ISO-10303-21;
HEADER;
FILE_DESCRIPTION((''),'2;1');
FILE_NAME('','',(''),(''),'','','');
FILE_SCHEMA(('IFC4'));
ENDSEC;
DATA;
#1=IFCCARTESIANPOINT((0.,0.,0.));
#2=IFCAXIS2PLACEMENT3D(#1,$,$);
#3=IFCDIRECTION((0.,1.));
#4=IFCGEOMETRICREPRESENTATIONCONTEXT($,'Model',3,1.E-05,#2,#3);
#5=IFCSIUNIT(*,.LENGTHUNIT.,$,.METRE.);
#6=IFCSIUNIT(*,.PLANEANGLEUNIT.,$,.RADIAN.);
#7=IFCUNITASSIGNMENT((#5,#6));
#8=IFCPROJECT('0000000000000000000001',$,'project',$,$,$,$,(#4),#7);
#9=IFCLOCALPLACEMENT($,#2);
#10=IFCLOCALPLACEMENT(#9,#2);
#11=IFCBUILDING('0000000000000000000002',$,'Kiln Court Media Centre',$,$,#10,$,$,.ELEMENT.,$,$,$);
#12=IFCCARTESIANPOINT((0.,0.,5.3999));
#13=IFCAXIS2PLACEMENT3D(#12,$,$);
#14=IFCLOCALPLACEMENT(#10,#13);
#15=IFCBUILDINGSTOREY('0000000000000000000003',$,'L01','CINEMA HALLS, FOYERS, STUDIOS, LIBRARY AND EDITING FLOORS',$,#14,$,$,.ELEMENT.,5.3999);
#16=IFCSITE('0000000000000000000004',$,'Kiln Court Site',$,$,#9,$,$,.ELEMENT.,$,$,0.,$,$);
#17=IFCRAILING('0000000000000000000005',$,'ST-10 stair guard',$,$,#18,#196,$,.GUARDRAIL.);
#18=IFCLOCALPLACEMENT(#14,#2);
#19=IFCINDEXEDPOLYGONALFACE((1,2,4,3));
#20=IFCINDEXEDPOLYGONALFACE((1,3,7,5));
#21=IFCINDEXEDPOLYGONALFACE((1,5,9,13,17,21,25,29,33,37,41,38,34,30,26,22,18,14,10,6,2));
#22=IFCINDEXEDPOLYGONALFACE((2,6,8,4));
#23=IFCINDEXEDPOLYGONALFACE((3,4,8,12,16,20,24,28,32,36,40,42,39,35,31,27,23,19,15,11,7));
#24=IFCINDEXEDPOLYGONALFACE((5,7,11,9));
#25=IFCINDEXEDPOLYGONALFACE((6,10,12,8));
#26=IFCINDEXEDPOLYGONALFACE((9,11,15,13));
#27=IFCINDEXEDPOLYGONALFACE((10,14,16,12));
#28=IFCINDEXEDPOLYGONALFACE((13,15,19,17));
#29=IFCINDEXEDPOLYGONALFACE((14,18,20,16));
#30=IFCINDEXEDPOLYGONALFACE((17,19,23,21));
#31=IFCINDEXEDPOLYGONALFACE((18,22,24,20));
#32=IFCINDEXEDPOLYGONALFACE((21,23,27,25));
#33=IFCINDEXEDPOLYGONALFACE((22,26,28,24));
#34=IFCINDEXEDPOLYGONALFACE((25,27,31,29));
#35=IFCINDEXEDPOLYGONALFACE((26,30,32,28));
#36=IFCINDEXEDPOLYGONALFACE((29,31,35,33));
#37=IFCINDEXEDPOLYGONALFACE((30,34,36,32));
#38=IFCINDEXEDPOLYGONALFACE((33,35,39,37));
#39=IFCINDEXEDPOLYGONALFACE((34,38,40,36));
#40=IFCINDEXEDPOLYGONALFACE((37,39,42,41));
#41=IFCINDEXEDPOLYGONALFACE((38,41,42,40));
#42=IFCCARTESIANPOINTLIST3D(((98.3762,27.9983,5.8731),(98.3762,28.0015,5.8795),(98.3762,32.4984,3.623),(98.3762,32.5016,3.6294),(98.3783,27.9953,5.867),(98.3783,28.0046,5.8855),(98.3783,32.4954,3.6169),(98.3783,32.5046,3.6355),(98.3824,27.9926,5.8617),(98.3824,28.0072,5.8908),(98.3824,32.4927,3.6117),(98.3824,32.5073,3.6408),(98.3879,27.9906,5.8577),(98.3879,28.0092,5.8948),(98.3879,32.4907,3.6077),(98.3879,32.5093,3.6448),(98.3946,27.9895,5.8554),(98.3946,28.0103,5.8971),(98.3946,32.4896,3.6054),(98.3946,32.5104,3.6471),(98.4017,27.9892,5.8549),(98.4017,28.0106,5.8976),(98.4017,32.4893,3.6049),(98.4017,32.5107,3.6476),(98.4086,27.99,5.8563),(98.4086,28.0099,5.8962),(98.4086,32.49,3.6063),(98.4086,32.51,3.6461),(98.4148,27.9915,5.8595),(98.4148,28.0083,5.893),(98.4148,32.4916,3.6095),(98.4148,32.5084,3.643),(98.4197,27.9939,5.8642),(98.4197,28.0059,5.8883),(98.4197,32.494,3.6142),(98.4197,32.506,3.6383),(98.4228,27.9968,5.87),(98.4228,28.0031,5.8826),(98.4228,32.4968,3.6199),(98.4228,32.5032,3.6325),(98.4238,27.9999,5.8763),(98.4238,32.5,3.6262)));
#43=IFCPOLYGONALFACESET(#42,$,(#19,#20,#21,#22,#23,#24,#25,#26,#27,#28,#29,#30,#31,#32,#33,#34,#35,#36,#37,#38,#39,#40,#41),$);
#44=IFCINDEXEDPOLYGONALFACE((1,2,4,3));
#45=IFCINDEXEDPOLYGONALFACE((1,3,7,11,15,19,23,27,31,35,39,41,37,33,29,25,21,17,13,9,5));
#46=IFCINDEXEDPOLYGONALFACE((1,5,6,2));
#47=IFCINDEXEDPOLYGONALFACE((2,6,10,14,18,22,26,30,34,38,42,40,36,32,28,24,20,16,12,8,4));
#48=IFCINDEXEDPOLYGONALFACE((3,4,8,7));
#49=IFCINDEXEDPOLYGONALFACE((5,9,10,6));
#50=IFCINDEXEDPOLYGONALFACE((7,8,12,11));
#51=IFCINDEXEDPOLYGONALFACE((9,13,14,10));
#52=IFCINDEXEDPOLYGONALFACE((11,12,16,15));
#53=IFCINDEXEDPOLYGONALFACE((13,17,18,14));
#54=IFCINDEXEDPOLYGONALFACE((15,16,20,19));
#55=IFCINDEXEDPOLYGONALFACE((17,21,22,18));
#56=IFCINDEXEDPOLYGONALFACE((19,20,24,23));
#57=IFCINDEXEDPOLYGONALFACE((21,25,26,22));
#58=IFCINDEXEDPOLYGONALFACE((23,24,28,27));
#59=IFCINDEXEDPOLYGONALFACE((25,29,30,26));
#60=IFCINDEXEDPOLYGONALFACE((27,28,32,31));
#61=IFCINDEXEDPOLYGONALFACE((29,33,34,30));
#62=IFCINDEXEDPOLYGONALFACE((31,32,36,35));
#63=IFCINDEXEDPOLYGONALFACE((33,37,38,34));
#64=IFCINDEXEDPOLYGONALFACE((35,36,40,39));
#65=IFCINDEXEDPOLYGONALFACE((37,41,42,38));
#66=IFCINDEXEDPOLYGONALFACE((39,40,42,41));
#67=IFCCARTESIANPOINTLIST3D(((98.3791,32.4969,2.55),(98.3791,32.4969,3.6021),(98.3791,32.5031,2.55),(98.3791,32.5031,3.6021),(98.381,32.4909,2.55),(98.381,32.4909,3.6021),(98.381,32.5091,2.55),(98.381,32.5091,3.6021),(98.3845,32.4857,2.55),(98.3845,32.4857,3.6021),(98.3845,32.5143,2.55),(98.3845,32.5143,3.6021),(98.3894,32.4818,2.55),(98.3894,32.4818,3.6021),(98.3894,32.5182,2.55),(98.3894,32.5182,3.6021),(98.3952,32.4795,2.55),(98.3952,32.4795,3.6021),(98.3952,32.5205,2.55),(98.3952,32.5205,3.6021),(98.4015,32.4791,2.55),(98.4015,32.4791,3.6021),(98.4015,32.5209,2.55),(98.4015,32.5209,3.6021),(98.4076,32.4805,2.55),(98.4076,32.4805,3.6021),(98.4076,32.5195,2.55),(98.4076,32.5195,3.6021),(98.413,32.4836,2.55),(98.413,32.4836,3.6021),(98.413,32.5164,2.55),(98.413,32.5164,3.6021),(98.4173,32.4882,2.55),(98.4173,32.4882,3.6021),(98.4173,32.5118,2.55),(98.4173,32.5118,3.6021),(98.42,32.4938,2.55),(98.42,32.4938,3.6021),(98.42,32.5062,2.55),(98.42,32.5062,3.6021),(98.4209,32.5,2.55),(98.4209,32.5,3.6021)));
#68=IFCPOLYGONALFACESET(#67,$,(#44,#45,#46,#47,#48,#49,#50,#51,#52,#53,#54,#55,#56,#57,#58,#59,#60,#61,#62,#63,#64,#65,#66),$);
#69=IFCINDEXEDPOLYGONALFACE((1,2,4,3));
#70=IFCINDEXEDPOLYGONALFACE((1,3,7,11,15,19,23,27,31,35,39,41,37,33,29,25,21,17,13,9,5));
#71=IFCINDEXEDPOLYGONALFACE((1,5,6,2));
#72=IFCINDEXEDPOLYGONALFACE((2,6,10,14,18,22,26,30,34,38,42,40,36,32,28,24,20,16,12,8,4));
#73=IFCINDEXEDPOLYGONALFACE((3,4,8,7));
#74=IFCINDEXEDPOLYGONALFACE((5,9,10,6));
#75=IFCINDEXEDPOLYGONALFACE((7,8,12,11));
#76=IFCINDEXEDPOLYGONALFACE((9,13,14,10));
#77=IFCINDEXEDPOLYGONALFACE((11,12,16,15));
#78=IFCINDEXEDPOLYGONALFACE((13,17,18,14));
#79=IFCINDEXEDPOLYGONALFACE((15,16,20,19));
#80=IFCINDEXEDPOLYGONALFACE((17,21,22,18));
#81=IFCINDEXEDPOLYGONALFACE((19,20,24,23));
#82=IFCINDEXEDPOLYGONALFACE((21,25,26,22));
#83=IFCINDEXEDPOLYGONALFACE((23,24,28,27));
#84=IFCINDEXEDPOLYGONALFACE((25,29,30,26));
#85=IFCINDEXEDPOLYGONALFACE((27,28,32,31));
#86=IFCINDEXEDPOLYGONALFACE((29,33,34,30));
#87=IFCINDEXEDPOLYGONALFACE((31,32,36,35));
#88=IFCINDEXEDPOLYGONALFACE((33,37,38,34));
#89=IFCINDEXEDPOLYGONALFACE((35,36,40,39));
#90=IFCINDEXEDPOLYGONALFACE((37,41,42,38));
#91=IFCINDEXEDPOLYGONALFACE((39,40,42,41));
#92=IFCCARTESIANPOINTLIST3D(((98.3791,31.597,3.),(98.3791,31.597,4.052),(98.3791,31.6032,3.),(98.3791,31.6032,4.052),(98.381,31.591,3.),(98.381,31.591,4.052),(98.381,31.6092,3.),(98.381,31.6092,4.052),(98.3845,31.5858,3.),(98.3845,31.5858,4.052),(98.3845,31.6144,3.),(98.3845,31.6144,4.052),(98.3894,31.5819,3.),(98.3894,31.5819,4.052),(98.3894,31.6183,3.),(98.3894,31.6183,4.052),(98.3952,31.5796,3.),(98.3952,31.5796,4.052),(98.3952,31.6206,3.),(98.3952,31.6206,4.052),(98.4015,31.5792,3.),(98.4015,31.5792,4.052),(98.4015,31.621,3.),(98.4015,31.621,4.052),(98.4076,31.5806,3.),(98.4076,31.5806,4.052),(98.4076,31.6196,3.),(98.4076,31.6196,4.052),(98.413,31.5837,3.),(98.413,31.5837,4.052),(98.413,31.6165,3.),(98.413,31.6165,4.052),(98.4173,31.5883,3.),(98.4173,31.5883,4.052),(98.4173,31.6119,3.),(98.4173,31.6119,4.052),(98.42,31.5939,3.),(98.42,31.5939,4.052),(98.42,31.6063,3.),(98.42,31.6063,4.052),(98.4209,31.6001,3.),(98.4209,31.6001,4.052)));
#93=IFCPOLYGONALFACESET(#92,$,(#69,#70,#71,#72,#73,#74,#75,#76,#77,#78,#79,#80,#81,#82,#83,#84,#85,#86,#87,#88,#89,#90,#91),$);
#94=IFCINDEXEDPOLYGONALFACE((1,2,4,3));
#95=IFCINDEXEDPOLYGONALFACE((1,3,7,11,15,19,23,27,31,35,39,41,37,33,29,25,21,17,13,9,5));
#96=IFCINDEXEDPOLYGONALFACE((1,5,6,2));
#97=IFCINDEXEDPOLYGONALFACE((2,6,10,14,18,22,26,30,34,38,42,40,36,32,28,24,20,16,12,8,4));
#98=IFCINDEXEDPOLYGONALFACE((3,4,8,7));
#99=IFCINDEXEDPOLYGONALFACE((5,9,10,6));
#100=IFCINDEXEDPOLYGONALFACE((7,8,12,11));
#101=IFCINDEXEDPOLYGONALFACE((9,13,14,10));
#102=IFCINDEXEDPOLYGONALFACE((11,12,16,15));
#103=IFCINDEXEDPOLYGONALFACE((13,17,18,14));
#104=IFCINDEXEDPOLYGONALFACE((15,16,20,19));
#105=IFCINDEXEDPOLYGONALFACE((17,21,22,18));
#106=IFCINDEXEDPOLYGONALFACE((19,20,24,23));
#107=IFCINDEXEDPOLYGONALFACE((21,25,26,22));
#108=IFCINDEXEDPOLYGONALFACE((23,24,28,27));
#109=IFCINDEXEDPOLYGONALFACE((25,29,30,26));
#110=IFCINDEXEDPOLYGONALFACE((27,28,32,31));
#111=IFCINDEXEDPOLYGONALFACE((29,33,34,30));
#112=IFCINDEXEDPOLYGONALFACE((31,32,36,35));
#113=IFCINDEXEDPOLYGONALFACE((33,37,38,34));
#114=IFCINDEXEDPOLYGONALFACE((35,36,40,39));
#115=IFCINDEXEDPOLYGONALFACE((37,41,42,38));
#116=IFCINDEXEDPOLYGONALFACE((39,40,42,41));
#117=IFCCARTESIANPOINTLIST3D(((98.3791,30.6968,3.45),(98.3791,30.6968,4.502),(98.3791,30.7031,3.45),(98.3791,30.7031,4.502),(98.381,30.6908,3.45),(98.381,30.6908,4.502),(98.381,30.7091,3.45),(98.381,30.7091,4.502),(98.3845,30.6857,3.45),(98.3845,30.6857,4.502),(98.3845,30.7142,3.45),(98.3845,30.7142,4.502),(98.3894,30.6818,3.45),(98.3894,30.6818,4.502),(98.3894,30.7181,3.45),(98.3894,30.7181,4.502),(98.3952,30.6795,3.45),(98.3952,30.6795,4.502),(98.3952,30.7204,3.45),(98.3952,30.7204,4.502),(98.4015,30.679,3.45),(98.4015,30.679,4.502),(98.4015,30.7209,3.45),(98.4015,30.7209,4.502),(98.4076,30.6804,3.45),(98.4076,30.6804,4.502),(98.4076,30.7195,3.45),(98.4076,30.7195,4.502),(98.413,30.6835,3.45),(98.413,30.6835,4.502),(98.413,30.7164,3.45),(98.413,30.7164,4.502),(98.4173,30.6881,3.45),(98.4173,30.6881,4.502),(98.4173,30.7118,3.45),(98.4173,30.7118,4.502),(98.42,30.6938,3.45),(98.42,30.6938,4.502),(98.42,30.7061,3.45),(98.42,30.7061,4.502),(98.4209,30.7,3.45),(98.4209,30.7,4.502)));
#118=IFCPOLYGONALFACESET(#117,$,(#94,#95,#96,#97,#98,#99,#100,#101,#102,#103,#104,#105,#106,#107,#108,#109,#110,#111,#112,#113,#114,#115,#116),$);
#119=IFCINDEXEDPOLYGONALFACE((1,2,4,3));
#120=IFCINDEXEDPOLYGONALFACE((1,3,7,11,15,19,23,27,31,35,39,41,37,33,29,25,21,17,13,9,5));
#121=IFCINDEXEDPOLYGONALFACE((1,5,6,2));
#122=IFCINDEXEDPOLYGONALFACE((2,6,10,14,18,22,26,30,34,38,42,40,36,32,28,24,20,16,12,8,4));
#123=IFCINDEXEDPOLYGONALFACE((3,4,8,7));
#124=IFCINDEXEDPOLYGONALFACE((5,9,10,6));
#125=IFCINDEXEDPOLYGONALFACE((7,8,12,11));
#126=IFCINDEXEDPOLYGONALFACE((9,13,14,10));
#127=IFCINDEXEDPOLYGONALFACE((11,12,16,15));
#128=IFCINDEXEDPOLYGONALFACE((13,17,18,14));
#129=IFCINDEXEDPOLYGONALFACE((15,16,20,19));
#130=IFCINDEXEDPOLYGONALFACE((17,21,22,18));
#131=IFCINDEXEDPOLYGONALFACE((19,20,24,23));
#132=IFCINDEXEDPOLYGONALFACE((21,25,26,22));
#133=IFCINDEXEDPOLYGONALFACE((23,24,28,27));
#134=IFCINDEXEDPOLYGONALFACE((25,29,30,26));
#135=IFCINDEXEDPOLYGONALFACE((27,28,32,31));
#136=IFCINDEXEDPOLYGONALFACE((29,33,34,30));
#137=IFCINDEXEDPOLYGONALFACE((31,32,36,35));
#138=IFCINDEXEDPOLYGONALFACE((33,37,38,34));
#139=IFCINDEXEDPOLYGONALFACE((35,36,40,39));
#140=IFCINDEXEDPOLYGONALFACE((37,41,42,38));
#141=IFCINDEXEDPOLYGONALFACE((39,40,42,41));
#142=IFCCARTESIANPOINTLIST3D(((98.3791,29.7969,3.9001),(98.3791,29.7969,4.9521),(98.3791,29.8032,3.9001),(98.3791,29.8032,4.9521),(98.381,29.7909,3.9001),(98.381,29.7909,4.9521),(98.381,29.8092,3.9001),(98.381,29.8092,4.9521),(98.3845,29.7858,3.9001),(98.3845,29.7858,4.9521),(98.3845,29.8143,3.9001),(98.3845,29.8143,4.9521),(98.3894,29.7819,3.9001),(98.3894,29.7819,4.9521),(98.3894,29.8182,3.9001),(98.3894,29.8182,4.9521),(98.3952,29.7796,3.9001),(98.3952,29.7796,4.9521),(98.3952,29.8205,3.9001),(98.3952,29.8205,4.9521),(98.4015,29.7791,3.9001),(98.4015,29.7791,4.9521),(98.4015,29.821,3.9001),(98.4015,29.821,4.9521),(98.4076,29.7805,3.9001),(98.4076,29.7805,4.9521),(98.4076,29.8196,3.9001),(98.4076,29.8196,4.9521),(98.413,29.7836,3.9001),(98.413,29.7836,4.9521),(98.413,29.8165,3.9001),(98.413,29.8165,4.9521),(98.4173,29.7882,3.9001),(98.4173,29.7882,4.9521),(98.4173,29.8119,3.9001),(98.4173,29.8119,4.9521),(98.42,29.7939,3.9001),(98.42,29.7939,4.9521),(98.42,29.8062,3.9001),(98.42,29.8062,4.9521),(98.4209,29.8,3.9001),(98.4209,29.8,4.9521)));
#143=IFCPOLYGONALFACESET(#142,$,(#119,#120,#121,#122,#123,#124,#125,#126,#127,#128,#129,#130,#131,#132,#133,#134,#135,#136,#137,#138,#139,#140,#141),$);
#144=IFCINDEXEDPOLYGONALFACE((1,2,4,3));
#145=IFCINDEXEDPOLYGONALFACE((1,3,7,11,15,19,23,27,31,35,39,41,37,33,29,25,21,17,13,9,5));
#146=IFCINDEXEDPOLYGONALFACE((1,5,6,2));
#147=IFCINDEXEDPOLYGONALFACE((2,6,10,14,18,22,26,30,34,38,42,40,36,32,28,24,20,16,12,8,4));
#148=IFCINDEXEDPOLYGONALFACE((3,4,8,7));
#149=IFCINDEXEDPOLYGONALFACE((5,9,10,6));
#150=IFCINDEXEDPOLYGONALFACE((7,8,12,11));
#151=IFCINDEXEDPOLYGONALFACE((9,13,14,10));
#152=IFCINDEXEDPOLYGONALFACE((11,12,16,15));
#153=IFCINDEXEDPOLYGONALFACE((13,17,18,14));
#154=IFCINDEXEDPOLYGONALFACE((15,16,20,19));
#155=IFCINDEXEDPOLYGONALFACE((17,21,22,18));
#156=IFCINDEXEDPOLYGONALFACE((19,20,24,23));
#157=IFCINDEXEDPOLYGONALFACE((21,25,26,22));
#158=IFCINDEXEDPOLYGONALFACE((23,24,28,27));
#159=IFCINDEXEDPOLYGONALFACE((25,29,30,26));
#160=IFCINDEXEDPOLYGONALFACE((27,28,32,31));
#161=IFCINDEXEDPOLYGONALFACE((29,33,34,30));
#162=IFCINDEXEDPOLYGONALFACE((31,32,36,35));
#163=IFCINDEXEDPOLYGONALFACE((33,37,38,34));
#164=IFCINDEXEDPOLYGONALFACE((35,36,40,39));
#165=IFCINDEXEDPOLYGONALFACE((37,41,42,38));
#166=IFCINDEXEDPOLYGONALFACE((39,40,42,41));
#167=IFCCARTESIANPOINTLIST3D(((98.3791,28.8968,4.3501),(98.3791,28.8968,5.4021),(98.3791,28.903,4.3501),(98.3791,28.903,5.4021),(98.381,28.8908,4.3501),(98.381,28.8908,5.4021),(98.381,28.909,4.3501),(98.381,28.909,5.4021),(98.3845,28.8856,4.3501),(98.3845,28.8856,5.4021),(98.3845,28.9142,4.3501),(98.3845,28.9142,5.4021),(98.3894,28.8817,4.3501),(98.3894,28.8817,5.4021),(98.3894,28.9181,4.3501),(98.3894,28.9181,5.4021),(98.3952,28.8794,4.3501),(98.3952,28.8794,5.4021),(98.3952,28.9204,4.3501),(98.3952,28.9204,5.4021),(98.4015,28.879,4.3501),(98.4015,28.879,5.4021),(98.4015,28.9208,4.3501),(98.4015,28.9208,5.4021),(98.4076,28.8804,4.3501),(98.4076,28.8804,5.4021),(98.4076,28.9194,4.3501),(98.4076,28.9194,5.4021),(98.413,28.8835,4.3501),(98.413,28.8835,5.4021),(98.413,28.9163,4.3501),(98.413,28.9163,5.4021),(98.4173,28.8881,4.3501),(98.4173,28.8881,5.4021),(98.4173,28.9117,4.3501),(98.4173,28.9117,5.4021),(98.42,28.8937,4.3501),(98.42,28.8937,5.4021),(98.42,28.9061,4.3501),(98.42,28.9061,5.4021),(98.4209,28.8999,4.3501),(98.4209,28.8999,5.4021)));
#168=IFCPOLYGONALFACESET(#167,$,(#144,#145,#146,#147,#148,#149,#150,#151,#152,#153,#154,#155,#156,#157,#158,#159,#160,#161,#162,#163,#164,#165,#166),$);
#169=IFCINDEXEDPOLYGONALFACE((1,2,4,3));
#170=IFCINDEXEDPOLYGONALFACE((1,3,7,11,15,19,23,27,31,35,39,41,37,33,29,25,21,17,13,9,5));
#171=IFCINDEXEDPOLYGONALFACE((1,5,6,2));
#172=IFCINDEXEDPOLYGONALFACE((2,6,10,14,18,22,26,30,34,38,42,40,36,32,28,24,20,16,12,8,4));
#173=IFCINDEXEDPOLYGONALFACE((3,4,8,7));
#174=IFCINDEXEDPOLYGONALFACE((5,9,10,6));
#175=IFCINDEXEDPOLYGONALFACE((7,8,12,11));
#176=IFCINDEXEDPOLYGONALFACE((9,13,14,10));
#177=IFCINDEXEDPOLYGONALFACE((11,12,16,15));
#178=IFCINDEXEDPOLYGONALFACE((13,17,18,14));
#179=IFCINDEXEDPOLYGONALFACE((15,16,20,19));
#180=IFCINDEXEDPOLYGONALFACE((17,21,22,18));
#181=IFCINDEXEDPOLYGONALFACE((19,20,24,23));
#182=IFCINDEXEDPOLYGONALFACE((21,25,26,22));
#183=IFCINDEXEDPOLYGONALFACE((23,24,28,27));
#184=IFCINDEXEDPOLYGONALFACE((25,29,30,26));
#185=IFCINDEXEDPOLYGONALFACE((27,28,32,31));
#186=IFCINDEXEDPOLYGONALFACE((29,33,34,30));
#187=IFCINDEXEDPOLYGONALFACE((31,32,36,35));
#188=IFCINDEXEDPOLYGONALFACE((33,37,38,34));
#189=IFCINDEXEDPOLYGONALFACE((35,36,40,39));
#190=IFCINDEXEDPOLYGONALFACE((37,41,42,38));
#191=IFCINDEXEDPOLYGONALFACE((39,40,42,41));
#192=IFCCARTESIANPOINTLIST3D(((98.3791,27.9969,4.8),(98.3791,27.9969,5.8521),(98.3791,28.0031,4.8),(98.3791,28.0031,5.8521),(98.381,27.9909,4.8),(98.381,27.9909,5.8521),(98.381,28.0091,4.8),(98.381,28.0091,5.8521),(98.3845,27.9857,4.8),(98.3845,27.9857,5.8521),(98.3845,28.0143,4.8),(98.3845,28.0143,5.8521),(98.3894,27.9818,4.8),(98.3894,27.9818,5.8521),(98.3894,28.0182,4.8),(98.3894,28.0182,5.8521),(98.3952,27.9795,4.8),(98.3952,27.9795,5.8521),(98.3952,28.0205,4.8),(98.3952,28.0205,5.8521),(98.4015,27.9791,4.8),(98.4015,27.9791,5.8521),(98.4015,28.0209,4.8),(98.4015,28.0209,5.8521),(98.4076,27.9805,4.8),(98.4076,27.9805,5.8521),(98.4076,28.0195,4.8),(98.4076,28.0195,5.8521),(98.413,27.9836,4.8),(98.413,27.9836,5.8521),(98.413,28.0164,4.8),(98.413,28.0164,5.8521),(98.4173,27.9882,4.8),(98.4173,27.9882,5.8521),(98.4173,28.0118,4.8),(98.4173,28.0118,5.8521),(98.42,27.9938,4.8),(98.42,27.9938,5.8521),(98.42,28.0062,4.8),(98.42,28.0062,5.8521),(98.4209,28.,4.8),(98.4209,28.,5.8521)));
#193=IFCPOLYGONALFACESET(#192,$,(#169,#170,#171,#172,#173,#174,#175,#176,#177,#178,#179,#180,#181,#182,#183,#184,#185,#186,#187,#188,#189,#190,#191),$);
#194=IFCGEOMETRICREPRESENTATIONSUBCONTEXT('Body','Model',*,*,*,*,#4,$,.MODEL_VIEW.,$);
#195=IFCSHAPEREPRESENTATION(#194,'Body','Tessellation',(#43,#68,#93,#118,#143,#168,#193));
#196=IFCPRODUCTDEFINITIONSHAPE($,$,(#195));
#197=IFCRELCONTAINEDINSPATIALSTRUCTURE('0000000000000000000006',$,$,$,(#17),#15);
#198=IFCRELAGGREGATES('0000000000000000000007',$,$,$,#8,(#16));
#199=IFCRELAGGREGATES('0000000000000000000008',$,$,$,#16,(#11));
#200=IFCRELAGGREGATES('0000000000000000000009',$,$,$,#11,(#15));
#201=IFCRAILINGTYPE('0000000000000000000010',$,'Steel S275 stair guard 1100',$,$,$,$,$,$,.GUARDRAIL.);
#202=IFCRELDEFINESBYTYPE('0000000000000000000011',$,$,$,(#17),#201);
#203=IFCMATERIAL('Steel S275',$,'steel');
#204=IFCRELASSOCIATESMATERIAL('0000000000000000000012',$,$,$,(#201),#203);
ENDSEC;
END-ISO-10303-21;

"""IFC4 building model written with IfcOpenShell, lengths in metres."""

from ifc_helpers import new_model, si_unit, direction, frame, origin, origin_2d, place, context, subcontext, project, spatial, circle, extrude, material, type_object, element, save


model = new_model("IFC4")

# Units and contexts
model_context = context("Model", 3, precision=1e-05, world=origin(), true_north=direction((0.0, 1.0)))
body_context = subcontext(model_context, "Body", "Model", "MODEL_VIEW")
ifc_project = project(units=[si_unit("LENGTHUNIT", "METRE"), si_unit("PLANEANGLEUNIT", "RADIAN")], contexts=[model_context])

# Site, building, storey
site_placement = place(None, origin())
site = spatial("IfcSite", under=ifc_project, at=site_placement, Name="Kiln Court Site", CompositionType="ELEMENT", RefElevation=0.0)
building_placement = place(site_placement, origin())
building = spatial("IfcBuilding", under=site, at=building_placement, Name="Kiln Court Media Centre", CompositionType="ELEMENT")
storey_placement = place(building_placement, frame((0.0, 0.0, 5.3999)))
storey = spatial("IfcBuildingStorey", under=building, at=storey_placement, Name="L01", Description="CINEMA HALLS, FOYERS, STUDIOS, LIBRARY AND EDITING FLOORS", CompositionType="ELEMENT", Elevation=5.3999)

# Railing
ifc_material_1 = material(Name="Steel S275", Category="steel")
railing_type_1 = type_object("IfcRailingType", Name="Steel S275 stair guard 1100", PredefinedType="GUARDRAIL", material=ifc_material_1)
railing_1_placement = place(storey_placement, frame((98.3999, 32.5, 2.55)))
element("IfcRailing", 1, at=railing_1_placement, inside=storey, type_object=railing_type_1, Name="ST-10 stair guard", PredefinedType="GUARDRAIL", context=body_context, shape_type="SweptSolid", body=[
    extrude(circle(Radius=0.0239, at=origin_2d()), frame((0.0, 0.0, 1.0762), z_axis=(0.0, -0.894427, 0.447214), x_axis=(1.0, 0.0, 0.0)), (0.0, 0.0, 1.0), 5.0312),
    extrude(circle(Radius=0.021, at=origin_2d()), origin(), (0.0, 0.0, 1.0), 1.052),
    extrude(circle(Radius=0.021, at=origin_2d()), frame((0.0, -0.8999, 0.45)), (0.0, 0.0, 1.0), 1.052),
    extrude(circle(Radius=0.021, at=origin_2d()), frame((0.0, -1.8, 0.8999)), (0.0, 0.0, 1.0), 1.052),
    extrude(circle(Radius=0.021, at=origin_2d()), frame((0.0, -2.7, 1.3501)), (0.0, 0.0, 1.0), 1.052),
    extrude(circle(Radius=0.021, at=origin_2d()), frame((0.0, -3.6001, 1.8)), (0.0, 0.0, 1.0), 1.052),
    extrude(circle(Radius=0.021, at=origin_2d()), frame((0.0, -4.5, 2.25)), (0.0, 0.0, 1.0), 1.052),
])

save(model, "model.ifc")
